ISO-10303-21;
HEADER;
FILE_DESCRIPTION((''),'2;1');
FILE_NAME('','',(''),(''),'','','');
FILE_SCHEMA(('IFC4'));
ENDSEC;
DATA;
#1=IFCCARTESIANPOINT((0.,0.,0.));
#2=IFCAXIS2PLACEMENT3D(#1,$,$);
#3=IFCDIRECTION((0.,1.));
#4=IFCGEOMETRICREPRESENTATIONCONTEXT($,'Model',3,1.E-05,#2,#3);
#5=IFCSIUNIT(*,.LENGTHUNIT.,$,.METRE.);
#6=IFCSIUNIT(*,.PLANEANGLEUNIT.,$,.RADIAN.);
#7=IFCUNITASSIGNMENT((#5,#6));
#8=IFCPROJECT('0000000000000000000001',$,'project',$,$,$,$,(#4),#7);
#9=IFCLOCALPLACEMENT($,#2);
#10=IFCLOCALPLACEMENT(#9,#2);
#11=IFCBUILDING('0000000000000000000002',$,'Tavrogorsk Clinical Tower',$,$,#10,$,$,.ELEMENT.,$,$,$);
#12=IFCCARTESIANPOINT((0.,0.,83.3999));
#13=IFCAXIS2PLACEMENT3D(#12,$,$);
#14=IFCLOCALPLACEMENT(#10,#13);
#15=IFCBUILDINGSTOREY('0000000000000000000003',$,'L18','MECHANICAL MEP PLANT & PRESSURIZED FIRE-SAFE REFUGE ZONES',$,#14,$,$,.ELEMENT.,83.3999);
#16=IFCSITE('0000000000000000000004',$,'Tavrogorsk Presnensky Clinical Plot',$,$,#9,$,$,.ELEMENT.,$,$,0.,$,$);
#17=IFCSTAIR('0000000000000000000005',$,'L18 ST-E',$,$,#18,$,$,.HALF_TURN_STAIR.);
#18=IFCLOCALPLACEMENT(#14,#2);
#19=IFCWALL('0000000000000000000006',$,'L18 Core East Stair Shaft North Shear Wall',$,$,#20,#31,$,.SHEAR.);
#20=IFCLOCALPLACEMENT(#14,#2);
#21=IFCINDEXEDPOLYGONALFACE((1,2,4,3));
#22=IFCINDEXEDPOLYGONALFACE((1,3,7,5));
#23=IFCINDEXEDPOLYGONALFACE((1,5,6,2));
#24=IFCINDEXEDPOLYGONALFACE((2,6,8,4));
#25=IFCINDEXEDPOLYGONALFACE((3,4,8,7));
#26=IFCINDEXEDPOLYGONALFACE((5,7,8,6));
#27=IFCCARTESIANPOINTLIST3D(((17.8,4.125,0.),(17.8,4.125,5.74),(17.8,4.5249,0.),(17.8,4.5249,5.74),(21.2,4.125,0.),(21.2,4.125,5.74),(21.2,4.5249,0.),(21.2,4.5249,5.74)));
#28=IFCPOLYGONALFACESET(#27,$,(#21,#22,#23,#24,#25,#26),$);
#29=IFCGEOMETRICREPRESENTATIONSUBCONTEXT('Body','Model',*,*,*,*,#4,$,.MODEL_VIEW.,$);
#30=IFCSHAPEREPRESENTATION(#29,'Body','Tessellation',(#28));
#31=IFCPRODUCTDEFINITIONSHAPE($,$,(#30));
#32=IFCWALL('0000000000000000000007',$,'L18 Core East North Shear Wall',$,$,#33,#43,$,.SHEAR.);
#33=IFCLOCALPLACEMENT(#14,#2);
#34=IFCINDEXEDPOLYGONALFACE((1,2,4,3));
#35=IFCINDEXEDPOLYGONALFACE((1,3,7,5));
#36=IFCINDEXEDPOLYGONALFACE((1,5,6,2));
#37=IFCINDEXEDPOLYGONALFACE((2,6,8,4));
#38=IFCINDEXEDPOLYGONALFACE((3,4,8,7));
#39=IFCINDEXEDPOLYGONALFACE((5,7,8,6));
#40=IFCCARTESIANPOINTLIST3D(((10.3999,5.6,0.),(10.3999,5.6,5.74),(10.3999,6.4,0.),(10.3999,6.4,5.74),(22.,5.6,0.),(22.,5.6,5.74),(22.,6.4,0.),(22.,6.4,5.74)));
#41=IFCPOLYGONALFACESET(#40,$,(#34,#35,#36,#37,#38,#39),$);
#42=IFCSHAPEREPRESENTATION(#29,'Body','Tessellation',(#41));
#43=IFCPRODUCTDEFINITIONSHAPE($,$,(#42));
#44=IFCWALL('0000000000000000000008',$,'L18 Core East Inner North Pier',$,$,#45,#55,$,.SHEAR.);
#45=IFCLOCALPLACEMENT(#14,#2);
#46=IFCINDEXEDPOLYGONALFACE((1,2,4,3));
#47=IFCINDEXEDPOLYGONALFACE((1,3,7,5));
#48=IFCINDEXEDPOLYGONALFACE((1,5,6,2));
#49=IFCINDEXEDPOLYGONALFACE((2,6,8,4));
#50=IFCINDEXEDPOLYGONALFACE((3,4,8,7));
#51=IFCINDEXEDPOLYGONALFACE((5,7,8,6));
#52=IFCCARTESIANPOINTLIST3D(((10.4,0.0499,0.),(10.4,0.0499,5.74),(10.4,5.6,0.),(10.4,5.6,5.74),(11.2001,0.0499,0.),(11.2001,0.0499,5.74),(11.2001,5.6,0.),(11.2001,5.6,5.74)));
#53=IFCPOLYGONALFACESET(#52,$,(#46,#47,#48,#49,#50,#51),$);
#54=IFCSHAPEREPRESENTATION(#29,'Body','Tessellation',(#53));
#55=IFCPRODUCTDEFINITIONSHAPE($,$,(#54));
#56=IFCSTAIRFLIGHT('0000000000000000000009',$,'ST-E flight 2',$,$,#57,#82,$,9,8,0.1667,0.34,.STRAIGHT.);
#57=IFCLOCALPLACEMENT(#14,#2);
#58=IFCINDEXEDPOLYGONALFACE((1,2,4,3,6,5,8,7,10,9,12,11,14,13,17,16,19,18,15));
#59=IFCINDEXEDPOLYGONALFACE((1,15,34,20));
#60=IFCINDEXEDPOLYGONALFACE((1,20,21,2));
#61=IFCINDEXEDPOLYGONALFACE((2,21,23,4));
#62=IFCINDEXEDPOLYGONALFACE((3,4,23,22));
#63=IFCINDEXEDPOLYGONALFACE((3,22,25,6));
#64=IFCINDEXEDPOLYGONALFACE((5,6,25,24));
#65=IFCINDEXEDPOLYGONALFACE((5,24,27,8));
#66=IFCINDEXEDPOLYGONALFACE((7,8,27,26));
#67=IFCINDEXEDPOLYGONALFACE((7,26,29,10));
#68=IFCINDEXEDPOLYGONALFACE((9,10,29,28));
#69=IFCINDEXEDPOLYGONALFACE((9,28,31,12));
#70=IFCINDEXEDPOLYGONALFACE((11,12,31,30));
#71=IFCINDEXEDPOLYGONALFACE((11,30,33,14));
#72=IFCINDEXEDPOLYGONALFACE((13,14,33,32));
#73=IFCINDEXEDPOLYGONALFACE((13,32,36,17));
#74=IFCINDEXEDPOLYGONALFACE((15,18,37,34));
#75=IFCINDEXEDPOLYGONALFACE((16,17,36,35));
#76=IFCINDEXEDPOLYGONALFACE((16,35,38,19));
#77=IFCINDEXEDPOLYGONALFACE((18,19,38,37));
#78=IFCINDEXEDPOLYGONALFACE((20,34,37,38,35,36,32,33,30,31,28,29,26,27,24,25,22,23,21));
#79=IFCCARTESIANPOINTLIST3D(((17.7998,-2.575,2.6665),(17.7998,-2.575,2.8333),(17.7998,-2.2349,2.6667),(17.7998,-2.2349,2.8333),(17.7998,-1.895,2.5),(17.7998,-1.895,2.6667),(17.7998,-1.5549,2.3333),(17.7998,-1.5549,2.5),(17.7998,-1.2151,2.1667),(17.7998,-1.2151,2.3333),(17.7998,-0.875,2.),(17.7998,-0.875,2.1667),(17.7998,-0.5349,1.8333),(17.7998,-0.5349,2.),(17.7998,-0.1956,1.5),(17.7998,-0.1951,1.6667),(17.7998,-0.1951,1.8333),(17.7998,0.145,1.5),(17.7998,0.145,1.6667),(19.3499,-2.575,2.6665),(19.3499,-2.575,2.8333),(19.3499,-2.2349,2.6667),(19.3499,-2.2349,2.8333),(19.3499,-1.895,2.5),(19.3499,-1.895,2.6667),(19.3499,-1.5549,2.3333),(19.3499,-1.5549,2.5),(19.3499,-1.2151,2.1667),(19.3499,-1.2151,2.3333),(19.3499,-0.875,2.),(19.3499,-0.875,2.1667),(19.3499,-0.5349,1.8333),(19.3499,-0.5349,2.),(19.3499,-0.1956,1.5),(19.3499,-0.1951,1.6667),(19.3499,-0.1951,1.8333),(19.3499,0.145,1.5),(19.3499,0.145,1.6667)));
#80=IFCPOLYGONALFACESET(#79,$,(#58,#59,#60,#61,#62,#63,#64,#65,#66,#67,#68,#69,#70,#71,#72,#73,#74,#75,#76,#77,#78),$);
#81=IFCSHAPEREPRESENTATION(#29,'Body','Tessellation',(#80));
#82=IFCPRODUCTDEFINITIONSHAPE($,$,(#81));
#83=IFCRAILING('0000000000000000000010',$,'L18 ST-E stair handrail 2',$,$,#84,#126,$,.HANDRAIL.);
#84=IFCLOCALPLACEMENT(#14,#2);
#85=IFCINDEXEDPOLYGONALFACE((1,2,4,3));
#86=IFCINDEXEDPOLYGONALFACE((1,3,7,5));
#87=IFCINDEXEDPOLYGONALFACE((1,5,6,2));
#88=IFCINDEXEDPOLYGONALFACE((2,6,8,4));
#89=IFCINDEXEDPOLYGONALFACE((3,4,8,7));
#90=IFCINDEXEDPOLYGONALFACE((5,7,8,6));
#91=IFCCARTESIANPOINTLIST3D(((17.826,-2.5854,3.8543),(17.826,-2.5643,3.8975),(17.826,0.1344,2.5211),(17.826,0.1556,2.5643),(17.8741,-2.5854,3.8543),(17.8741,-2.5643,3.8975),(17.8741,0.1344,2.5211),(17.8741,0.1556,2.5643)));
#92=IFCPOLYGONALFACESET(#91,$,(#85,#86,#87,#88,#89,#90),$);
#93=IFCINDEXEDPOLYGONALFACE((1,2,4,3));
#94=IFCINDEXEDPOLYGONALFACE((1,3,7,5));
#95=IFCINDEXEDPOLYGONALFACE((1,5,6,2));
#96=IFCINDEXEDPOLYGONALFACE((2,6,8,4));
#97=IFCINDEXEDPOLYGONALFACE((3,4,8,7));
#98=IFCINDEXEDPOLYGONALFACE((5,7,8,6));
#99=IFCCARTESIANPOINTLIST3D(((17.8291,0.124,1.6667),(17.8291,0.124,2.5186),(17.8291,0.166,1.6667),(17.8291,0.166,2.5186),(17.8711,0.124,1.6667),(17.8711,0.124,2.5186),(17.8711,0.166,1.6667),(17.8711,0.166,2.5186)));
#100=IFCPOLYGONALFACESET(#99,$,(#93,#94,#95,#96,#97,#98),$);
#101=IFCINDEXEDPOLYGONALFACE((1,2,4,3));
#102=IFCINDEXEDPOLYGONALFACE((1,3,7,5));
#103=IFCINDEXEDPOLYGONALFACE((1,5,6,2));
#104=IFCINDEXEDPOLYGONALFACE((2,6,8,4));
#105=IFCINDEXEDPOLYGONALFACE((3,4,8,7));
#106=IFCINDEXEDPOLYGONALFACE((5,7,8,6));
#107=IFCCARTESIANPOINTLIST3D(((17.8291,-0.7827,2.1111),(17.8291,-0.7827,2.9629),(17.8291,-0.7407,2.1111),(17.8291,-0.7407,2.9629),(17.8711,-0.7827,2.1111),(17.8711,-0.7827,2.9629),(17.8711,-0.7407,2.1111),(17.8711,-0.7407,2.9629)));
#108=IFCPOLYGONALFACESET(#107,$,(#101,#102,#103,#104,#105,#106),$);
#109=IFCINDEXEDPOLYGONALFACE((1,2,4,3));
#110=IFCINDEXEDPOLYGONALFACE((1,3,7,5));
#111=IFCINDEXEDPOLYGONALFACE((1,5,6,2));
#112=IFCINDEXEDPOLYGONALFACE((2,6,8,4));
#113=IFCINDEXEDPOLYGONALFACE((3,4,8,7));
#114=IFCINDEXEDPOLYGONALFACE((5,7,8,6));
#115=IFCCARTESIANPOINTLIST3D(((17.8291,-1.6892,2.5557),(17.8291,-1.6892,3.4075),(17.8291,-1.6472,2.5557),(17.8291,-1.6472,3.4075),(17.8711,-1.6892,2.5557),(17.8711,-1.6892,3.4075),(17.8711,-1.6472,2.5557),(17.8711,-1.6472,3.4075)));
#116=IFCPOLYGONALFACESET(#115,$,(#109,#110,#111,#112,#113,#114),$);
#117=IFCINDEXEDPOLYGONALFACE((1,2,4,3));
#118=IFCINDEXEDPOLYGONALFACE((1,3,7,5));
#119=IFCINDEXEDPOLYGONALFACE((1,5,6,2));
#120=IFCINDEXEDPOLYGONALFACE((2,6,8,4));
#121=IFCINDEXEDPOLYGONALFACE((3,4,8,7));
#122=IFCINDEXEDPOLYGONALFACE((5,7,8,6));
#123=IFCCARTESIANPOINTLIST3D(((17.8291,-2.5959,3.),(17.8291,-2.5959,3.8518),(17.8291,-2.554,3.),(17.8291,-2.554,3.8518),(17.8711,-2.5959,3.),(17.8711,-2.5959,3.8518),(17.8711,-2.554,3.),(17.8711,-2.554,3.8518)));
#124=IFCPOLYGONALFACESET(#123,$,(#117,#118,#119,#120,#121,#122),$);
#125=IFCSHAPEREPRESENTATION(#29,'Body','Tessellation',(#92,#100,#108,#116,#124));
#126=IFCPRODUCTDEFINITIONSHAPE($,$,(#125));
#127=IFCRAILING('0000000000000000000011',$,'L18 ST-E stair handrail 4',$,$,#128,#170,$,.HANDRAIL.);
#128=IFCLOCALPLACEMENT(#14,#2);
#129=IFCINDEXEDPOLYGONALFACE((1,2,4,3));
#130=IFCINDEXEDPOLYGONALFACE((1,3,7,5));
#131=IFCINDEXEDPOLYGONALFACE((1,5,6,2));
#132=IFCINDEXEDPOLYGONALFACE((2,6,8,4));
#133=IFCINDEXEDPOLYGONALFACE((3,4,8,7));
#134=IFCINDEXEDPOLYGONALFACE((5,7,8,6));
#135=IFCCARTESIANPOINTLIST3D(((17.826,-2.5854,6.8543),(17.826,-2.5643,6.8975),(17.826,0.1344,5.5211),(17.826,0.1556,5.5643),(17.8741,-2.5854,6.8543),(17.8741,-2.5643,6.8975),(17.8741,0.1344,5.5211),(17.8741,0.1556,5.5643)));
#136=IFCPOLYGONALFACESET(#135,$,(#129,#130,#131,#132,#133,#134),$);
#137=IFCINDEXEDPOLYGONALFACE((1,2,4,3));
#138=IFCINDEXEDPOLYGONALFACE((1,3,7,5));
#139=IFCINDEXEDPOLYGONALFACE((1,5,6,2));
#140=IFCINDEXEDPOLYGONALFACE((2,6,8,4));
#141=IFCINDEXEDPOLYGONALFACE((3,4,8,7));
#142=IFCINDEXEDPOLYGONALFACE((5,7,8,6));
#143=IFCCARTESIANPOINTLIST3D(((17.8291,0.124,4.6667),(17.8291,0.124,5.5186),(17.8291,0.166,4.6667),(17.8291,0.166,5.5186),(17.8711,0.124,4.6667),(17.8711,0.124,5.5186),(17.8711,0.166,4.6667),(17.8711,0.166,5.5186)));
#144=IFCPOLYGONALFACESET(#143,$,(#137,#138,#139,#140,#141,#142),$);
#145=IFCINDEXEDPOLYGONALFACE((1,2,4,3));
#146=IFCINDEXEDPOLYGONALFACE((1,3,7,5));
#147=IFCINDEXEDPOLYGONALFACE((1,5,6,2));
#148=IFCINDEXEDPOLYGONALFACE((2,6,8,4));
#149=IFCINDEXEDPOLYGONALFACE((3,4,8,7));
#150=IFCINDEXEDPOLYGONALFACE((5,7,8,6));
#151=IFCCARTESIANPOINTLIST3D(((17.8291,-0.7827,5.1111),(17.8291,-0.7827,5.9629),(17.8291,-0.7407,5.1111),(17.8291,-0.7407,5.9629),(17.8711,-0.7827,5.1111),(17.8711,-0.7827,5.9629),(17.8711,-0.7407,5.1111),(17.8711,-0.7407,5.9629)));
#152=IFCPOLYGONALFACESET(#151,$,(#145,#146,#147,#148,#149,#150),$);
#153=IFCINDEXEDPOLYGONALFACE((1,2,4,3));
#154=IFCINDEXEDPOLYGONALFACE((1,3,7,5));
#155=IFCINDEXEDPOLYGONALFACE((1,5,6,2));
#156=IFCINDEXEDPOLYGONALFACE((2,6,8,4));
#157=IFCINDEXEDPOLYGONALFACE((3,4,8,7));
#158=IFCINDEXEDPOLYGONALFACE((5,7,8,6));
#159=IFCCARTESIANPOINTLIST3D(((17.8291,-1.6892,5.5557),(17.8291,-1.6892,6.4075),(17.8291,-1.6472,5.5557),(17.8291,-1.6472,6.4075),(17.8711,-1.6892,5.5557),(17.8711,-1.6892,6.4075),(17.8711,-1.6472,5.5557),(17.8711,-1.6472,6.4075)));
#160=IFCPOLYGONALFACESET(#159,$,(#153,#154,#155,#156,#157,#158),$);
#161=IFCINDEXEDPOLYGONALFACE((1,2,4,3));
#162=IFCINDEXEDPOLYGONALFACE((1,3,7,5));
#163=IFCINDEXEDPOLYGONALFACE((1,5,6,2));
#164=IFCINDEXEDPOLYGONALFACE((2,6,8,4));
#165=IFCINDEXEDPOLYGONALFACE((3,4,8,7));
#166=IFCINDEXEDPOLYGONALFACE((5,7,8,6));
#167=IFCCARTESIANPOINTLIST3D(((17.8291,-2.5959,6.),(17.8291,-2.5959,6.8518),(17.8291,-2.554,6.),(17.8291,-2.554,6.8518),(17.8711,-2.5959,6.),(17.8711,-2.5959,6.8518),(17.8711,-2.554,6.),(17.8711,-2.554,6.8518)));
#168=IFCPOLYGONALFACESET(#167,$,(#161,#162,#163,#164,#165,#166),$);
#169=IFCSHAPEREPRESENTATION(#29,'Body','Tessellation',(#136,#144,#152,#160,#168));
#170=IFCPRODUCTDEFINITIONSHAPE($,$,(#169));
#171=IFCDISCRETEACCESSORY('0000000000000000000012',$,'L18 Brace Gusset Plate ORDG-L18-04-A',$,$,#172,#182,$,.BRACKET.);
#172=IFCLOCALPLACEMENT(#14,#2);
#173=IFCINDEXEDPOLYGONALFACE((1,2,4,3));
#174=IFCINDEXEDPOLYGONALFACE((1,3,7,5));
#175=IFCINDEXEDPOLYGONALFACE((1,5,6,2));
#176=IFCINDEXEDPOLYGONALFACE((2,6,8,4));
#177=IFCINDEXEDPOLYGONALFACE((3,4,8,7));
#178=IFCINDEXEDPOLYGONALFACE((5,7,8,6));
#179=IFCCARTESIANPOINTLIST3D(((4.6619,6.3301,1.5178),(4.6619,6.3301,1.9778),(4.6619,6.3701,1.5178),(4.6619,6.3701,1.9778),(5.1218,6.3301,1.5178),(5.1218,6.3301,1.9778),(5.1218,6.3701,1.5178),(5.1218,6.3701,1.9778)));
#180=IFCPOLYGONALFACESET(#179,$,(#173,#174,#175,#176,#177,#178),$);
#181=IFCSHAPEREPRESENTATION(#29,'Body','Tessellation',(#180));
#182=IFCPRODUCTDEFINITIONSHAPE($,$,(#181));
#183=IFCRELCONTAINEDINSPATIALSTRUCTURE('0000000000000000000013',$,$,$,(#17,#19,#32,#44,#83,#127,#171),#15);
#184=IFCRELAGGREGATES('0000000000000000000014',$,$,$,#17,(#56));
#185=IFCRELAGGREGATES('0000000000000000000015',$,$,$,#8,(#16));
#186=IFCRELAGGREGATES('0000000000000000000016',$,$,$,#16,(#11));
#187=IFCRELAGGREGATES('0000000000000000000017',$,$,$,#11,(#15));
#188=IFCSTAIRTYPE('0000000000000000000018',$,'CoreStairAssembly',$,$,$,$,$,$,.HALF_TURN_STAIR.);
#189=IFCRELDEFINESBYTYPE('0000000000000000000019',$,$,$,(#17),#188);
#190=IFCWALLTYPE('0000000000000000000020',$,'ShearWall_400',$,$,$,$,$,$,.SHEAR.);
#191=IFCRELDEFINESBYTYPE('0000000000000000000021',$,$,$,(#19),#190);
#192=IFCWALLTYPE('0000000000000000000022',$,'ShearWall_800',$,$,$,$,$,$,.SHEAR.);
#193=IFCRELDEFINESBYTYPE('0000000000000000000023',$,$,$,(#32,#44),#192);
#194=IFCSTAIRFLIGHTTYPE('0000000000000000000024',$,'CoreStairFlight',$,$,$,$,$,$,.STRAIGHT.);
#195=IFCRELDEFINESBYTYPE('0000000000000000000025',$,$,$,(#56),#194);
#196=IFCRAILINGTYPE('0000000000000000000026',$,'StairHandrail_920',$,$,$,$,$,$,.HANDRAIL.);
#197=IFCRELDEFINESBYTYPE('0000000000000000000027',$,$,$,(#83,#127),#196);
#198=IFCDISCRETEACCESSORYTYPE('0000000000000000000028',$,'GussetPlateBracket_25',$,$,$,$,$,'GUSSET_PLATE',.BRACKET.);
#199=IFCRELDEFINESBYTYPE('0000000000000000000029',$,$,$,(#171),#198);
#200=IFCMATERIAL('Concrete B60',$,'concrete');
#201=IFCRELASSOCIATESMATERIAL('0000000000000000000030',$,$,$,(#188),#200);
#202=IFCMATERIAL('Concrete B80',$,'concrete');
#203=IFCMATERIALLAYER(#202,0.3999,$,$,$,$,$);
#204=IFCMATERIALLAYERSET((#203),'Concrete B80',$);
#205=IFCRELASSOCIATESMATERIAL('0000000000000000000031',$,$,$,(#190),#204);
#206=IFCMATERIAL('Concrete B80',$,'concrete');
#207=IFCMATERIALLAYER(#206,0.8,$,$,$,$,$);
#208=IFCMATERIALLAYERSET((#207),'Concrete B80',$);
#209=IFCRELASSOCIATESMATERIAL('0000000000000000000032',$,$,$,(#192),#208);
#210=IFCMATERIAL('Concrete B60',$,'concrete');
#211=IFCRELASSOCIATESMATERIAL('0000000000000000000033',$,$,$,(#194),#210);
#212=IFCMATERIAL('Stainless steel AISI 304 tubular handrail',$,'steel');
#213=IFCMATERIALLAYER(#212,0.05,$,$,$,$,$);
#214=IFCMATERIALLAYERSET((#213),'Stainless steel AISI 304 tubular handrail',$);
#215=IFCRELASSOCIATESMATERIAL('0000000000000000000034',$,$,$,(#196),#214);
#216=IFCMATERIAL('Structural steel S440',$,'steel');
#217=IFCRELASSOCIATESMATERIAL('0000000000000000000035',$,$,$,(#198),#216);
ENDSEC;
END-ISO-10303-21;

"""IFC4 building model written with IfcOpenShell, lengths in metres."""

from ifc_helpers import new_model, si_unit, direction, frame, frame_2d, origin, origin_2d, place, context, subcontext, project, spatial, polyline, rectangle, outline, extrude, material, layer, layer_set, type_object, element, aggregate, save


model = new_model("IFC4")

# Units and contexts
model_context = context("Model", 3, precision=1e-05, world=origin(), true_north=direction((0.0, 1.0)))
body_context = subcontext(model_context, "Body", "Model", "MODEL_VIEW")
ifc_project = project(units=[si_unit("LENGTHUNIT", "METRE"), si_unit("PLANEANGLEUNIT", "RADIAN")], contexts=[model_context])

# Site, building, storey
site_placement = place(None, origin())
site = spatial("IfcSite", under=ifc_project, at=site_placement, Name="Tavrogorsk Presnensky Clinical Plot", CompositionType="ELEMENT", RefElevation=0.0)
building_placement = place(site_placement, origin())
building = spatial("IfcBuilding", under=site, at=building_placement, Name="Tavrogorsk Clinical Tower", CompositionType="ELEMENT")
storey_placement = place(building_placement, frame((0.0, 0.0, 83.3999)))
storey = spatial("IfcBuildingStorey", under=building, at=storey_placement, Name="L18", Description="MECHANICAL MEP PLANT & PRESSURIZED FIRE-SAFE REFUGE ZONES", CompositionType="ELEMENT", Elevation=83.3999)

# Stair
ifc_material_1 = material(Name="Concrete B60", Category="concrete")
stair_type = type_object("IfcStairType", Name="CoreStairAssembly", PredefinedType="HALF_TURN_STAIR", material=ifc_material_1)
stair_placement = place(storey_placement, origin())
stair = element("IfcStair", 1, at=stair_placement, inside=storey, type_object=stair_type, Name="L18 ST-E", PredefinedType="HALF_TURN_STAIR")

# Walls
ifc_material_2 = material(Name="Concrete B80", Category="concrete")
ifc_layer_1 = layer(ifc_material_2, 0.3999)
ifc_layer_set_1 = layer_set([ifc_layer_1], Name="Concrete B80")
wall_type_1 = type_object("IfcWallType", Name="ShearWall_400", PredefinedType="SHEAR", material=ifc_layer_set_1)
wall_1_placement = place(storey_placement, frame((17.8, 4.325, 0.0), z_axis=(0.0, 0.0, 1.0), x_axis=(1.0, 0.0, 0.0)))
element("IfcWall", 2, at=wall_1_placement, inside=storey, type_object=wall_type_1, Name="L18 Core East Stair Shaft North Shear Wall", PredefinedType="SHEAR", context=body_context, shape_type="SweptSolid", body=[
    extrude(rectangle(XDim=3.3999, YDim=0.3999, at=frame_2d((1.7, 0.0))), origin(), (0.0, 0.0, 1.0), 5.74),
])
ifc_material_3 = material(Name="Concrete B80", Category="concrete")
ifc_layer_2 = layer(ifc_material_3, 0.8)
ifc_layer_set_2 = layer_set([ifc_layer_2], Name="Concrete B80")
wall_type_2 = type_object("IfcWallType", Name="ShearWall_800", PredefinedType="SHEAR", material=ifc_layer_set_2)
wall_2_placement = place(storey_placement, frame((10.3999, 6.0, 0.0), z_axis=(0.0, 0.0, 1.0), x_axis=(1.0, 0.0, 0.0)))
element("IfcWall", 3, at=wall_2_placement, inside=storey, type_object=wall_type_2, Name="L18 Core East North Shear Wall", PredefinedType="SHEAR", context=body_context, shape_type="SweptSolid", body=[
    extrude(rectangle(XDim=11.6001, YDim=0.8, at=frame_2d((5.8, 0.0))), origin(), (0.0, 0.0, 1.0), 5.74),
])
wall_3_placement = place(storey_placement, frame((10.8, 0.05, 0.0), z_axis=(0.0, 0.0, 1.0), x_axis=(0.0, 1.0, 0.0)))
element("IfcWall", 4, at=wall_3_placement, inside=storey, type_object=wall_type_2, Name="L18 Core East Inner North Pier", PredefinedType="SHEAR", context=body_context, shape_type="SweptSolid", body=[
    extrude(rectangle(XDim=5.55, YDim=0.8, at=frame_2d((2.7749, 0.0))), origin(), (0.0, 0.0, 1.0), 5.74),
])

# Stair flight
ifc_material_4 = material(Name="Concrete B60", Category="concrete")
stair_flight_type = type_object("IfcStairFlightType", Name="CoreStairFlight", PredefinedType="STRAIGHT", material=ifc_material_4)
stair_flight_placement = place(storey_placement, frame((18.575, 0.145, 1.5), z_axis=(0.0, 0.0, 1.0), x_axis=(0.0, -1.0, 0.0)))
stair_flight = element("IfcStairFlight", 5, at=stair_flight_placement, type_object=stair_flight_type, Name="ST-E flight 2", NumberOfRisers=9, NumberOfTreads=8, PredefinedType="STRAIGHT", RiserHeight=0.1667, TreadLength=0.34, context=body_context, shape_type="SweptSolid", body=[
    extrude(outline(polyline([(0.0, 0.0), (0.0, 0.1667), (0.3401, 0.1667), (0.3401, 0.3333), (0.6799, 0.3333), (0.6799, 0.5), (1.02, 0.5), (1.02, 0.6667), (1.3601, 0.6667), (1.3601, 0.8333), (1.7, 0.8333), (1.7, 1.0), (2.04, 1.0), (2.04, 1.1667), (2.3799, 1.1667), (2.3799, 1.3333), (2.72, 1.3333), (2.72, 1.5), (2.72, 1.1665), (0.3406, 0.0), (0.0, 0.0)])), frame((0.0, 0.7749, 0.0), z_axis=(0.0, -1.0, 0.0), x_axis=(1.0, 0.0, 0.0)), (0.0, 0.0, 1.0), 1.55),
])
aggregate(stair, [stair_flight])

# Railings
ifc_material_5 = material(Name="Stainless steel AISI 304 tubular handrail", Category="steel")
ifc_layer_3 = layer(ifc_material_5, 0.05)
ifc_layer_set_3 = layer_set([ifc_layer_3], Name="Stainless steel AISI 304 tubular handrail")
railing_type = type_object("IfcRailingType", Name="StairHandrail_920", PredefinedType="HANDRAIL", material=ifc_layer_set_3)
for number, where, name in (
    (6, (17.8501, 0.145, 1.6667), "L18 ST-E stair handrail 2"),
    (7, (17.8501, 0.145, 4.6667), "L18 ST-E stair handrail 4"),
):
    element("IfcRailing", number, at=place(storey_placement, frame(where)), inside=storey, type_object=railing_type, Name=name, PredefinedType="HANDRAIL", context=body_context, shape_type="SweptSolid", body=[
        extrude(rectangle(XDim=0.0481, YDim=0.0481, at=origin_2d()), frame((0.0, 0.0, 0.876), z_axis=(0.0, -0.897929, 0.440139), x_axis=(1.0, 0.0, 0.0)), (0.0, 0.0, 1.0), 3.0291),
        extrude(rectangle(XDim=0.042, YDim=0.042, at=origin_2d()), origin(), (0.0, 0.0, 1.0), 0.8518),
        extrude(rectangle(XDim=0.042, YDim=0.042, at=origin_2d()), frame((0.0, -0.9067, 0.4443)), (0.0, 0.0, 1.0), 0.8518),
        extrude(rectangle(XDim=0.042, YDim=0.042, at=origin_2d()), frame((0.0, -1.8132, 0.8889)), (0.0, 0.0, 1.0), 0.8518),
        extrude(rectangle(XDim=0.042, YDim=0.042, at=origin_2d()), frame((0.0, -2.72, 1.3333)), (0.0, 0.0, 1.0), 0.8518),
    ])

# Discrete accessory
ifc_material_6 = material(Name="Structural steel S440", Category="steel")
discrete_accessory_type = type_object("IfcDiscreteAccessoryType", Name="GussetPlateBracket_25", ElementType="GUSSET_PLATE", PredefinedType="BRACKET", material=ifc_material_6)
discrete_accessory_placement = place(storey_placement, frame((4.8918, 6.3501, 1.5178), z_axis=(0.0, 0.0, 1.0), x_axis=(1.0, 0.0, 0.0)))
element("IfcDiscreteAccessory", 8, at=discrete_accessory_placement, inside=storey, type_object=discrete_accessory_type, Name="L18 Brace Gusset Plate ORDG-L18-04-A", PredefinedType="BRACKET", context=body_context, shape_type="SweptSolid", body=[
    extrude(rectangle(XDim=0.46, YDim=0.04, at=origin_2d()), origin(), (0.0, 0.0, 1.0), 0.46),
])

save(model, "model.ifc")
